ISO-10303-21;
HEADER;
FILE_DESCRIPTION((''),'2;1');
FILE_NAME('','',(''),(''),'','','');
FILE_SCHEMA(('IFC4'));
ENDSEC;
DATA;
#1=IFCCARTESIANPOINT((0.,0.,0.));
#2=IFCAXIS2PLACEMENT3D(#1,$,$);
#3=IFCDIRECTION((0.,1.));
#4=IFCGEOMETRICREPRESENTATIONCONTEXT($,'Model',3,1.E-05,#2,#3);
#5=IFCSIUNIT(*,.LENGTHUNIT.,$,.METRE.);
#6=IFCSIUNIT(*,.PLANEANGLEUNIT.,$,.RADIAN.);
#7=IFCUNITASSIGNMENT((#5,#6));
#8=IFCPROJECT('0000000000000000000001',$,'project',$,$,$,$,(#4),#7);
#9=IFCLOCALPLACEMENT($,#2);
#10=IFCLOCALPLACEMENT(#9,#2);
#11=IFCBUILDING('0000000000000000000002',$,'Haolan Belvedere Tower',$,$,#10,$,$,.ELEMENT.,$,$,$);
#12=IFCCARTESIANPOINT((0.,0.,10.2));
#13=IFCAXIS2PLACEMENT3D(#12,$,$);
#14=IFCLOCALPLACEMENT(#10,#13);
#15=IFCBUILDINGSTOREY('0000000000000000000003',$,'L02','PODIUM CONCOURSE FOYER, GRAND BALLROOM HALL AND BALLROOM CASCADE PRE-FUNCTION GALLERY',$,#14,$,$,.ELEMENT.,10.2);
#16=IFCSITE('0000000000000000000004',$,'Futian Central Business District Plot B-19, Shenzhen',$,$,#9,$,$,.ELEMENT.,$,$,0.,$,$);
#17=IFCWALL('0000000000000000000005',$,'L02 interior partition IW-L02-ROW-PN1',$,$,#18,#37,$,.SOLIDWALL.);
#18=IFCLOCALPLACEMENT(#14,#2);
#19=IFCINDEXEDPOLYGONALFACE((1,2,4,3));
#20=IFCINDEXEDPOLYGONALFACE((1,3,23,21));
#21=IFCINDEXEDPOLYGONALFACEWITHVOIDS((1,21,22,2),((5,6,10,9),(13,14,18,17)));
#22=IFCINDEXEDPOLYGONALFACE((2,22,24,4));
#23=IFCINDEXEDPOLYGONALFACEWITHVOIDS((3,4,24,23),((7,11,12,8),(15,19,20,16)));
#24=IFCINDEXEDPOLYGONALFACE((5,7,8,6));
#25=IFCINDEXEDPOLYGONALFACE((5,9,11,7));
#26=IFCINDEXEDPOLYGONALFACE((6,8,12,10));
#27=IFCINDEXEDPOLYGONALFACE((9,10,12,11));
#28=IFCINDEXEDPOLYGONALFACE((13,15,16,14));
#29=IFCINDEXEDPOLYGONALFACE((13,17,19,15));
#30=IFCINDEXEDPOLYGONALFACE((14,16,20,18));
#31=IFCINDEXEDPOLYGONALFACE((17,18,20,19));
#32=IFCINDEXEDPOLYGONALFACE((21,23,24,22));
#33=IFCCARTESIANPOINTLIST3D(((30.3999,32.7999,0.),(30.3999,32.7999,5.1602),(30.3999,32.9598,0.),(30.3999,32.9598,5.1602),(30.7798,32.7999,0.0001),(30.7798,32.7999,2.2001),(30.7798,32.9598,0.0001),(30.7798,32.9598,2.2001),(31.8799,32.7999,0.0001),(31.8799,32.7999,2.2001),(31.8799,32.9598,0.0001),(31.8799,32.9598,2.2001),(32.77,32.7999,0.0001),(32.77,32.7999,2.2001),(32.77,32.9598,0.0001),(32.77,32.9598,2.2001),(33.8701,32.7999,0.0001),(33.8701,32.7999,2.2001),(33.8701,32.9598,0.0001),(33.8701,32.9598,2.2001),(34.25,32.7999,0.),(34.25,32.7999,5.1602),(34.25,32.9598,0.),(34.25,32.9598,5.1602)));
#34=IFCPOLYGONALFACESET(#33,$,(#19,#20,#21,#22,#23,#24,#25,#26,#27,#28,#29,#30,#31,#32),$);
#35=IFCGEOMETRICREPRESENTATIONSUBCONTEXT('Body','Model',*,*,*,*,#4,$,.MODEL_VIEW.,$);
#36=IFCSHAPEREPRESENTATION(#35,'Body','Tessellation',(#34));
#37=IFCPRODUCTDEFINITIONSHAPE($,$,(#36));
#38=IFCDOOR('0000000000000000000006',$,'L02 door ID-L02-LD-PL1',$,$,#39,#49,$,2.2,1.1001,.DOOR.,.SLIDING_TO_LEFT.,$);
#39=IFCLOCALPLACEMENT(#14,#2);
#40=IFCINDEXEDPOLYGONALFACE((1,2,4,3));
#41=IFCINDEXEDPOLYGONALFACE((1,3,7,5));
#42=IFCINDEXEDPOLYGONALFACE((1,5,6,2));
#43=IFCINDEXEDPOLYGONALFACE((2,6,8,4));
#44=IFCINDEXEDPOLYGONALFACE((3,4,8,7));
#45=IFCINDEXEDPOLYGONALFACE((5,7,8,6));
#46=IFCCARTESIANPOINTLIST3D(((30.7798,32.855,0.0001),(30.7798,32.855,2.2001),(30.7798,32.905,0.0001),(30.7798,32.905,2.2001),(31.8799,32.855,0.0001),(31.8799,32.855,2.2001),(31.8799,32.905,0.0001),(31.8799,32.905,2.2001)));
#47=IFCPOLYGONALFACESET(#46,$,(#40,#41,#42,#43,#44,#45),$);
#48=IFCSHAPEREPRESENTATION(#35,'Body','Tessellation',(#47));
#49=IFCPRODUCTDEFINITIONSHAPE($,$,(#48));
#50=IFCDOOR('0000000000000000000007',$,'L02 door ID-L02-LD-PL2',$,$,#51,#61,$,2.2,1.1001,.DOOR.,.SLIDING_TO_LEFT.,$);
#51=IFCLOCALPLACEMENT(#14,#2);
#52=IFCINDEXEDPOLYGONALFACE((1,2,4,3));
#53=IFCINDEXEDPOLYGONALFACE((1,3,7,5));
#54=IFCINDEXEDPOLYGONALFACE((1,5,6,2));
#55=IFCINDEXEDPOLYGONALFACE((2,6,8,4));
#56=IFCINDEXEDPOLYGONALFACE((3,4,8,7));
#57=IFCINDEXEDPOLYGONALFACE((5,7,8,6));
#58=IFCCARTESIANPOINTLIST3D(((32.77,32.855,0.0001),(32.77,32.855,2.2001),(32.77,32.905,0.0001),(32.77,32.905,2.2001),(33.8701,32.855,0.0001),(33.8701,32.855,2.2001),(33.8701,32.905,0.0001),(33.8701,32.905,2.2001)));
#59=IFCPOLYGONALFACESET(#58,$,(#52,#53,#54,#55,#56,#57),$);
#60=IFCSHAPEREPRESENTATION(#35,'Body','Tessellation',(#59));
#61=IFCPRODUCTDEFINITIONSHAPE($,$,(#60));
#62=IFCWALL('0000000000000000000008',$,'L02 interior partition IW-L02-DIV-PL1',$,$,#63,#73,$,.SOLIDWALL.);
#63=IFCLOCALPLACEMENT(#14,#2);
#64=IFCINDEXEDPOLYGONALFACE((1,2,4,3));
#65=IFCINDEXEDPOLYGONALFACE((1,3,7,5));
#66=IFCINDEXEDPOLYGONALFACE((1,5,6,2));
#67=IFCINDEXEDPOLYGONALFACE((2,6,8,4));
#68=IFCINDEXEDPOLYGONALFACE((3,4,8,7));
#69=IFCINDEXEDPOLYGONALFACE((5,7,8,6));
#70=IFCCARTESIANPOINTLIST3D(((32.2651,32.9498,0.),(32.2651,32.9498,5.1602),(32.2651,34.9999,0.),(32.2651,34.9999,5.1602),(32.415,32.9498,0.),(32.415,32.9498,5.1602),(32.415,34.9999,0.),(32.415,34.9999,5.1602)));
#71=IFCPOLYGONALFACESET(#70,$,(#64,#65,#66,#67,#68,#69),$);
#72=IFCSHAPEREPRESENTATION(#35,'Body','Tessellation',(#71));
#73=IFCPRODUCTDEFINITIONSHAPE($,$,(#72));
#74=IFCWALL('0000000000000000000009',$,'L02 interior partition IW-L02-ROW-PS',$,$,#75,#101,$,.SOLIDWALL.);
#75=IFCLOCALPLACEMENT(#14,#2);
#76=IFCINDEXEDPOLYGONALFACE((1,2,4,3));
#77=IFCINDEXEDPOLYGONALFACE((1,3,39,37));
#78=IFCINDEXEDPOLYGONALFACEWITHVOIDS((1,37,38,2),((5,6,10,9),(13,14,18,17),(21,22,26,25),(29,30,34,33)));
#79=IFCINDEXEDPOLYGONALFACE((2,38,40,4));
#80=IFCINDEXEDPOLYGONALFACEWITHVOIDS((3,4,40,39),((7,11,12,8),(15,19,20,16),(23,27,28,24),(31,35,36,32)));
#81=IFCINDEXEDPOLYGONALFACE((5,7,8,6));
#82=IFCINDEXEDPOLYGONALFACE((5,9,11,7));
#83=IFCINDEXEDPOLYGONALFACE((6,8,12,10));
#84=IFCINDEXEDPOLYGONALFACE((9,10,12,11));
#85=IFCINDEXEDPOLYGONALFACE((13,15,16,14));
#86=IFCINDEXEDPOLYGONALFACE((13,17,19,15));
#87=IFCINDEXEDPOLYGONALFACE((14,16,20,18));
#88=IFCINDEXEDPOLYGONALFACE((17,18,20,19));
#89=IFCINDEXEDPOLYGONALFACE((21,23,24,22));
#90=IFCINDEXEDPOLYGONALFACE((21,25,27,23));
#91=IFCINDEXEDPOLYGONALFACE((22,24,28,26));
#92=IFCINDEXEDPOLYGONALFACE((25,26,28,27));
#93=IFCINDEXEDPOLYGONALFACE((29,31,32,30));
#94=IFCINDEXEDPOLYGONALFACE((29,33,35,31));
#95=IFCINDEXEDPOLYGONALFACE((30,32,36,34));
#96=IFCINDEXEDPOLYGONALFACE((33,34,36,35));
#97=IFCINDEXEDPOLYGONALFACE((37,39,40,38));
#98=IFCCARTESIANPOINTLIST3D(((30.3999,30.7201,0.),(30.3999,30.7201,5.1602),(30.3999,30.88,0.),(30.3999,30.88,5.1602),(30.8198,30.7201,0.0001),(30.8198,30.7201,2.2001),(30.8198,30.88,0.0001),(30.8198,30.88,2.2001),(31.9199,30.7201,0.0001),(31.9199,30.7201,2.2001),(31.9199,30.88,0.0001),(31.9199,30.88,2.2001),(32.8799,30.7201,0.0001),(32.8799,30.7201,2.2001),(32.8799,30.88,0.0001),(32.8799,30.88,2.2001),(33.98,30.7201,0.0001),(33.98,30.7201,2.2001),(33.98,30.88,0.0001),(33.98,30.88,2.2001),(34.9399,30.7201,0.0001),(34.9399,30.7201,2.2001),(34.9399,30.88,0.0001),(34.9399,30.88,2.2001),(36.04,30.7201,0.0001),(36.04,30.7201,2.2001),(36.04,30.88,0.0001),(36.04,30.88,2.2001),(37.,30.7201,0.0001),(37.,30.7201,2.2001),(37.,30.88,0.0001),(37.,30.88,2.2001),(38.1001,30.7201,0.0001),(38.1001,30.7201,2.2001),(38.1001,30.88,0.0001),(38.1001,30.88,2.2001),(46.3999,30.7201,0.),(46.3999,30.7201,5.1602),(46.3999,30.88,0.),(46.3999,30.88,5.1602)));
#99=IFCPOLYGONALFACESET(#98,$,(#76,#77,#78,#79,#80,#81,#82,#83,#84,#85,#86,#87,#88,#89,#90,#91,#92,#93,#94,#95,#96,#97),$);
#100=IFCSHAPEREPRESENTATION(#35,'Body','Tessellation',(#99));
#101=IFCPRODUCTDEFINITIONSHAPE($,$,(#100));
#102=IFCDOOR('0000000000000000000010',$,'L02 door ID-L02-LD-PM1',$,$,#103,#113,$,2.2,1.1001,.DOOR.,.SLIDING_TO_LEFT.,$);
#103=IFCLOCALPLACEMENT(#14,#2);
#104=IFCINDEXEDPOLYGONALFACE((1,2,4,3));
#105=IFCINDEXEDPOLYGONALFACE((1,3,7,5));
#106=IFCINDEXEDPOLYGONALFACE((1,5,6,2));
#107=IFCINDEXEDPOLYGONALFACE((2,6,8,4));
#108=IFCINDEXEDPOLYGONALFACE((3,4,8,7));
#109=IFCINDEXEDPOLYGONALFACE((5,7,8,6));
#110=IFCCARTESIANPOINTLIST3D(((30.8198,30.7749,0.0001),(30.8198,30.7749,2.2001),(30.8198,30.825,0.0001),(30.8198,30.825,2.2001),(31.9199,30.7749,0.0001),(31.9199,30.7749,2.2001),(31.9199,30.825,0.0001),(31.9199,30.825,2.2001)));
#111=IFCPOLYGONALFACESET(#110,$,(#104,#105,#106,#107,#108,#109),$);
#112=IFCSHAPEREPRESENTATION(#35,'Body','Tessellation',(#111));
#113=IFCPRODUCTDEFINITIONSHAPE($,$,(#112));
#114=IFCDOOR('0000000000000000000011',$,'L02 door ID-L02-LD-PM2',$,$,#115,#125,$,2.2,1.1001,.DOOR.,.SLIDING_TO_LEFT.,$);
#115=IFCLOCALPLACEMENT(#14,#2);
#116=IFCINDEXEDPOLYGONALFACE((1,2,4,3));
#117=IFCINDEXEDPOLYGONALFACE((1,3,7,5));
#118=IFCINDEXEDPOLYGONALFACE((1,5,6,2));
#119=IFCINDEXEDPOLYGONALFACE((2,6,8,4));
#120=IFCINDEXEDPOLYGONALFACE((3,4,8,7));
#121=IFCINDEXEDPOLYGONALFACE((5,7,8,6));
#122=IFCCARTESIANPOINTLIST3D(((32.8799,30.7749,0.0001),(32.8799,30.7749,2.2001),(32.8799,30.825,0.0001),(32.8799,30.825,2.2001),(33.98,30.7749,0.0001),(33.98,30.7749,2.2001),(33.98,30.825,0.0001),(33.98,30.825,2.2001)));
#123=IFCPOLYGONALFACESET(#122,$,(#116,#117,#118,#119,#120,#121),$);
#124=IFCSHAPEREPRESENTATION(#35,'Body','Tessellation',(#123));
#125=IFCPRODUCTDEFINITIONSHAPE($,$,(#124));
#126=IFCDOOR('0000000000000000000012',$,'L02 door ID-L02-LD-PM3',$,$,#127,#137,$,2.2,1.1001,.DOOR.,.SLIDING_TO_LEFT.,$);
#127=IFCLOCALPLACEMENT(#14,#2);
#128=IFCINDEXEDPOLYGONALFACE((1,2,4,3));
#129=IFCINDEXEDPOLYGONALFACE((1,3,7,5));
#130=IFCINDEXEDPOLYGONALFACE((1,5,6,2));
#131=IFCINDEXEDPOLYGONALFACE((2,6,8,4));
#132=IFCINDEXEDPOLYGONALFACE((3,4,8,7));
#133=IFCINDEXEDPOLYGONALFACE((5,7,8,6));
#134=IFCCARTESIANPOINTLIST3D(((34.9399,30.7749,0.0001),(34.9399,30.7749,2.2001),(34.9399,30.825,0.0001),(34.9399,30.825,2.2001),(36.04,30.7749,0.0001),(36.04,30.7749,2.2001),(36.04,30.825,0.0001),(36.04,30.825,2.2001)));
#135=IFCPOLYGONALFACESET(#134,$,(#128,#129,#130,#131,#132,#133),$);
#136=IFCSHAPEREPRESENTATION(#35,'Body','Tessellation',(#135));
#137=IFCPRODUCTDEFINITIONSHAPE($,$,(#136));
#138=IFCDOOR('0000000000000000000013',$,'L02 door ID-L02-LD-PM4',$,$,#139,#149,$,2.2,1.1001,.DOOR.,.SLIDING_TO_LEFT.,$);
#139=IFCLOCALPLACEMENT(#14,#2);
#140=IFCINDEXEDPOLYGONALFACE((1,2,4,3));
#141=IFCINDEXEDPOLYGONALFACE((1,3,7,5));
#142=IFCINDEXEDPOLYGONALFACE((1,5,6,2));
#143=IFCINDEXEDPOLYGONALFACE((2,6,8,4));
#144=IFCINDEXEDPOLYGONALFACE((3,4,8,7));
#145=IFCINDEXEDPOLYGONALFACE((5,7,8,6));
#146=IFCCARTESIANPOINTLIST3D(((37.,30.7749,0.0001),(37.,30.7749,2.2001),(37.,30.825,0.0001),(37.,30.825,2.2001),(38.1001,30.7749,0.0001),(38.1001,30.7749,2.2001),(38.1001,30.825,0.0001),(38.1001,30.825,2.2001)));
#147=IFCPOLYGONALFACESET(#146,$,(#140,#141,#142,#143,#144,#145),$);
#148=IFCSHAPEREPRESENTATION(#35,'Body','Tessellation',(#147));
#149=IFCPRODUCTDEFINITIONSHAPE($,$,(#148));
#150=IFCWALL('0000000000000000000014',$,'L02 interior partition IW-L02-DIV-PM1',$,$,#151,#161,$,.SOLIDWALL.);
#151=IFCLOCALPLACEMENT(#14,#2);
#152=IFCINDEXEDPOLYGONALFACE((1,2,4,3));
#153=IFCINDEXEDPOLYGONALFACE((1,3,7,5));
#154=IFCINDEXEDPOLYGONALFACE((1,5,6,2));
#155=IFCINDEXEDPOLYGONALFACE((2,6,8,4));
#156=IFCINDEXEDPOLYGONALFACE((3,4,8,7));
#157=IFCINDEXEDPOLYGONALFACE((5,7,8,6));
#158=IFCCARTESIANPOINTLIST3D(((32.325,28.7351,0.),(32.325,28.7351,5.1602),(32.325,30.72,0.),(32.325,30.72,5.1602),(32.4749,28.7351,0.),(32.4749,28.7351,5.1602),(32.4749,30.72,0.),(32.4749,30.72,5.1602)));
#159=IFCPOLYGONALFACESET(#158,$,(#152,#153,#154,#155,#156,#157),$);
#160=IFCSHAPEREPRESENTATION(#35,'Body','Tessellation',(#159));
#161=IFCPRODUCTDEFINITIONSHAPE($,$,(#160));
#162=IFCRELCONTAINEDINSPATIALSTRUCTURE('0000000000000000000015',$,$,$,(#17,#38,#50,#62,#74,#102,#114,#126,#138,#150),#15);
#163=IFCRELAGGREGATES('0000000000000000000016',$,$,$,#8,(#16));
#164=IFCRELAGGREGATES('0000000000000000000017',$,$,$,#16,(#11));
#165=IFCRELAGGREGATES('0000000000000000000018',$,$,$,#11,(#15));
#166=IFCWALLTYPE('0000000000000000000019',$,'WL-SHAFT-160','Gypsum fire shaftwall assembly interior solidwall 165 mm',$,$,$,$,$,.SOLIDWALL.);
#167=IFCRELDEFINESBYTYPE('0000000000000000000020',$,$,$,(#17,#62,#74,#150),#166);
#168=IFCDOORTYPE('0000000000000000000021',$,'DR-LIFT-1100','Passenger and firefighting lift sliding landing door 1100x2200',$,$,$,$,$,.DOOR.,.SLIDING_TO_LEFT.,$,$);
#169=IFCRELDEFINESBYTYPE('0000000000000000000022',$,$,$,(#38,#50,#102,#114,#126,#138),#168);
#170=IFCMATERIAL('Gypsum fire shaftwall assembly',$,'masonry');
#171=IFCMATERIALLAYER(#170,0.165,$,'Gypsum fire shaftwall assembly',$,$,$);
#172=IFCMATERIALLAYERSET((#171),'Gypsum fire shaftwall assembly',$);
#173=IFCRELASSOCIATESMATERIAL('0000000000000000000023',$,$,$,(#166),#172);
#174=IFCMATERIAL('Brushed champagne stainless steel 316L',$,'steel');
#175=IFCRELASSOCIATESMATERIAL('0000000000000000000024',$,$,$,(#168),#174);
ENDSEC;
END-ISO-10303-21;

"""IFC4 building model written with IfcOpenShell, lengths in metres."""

from ifc_helpers import new_model, si_unit, direction, frame, frame_2d, origin, place, context, subcontext, project, spatial, rectangle, extrude, material, layer, layer_set, type_object, element, fill, save


model = new_model("IFC4")

# Units and contexts
model_context = context("Model", 3, precision=1e-05, world=origin(), true_north=direction((0.0, 1.0)))
body_context = subcontext(model_context, "Body", "Model", "MODEL_VIEW")
ifc_project = project(units=[si_unit("LENGTHUNIT", "METRE"), si_unit("PLANEANGLEUNIT", "RADIAN")], contexts=[model_context])

# Site, building, storey
site_placement = place(None, origin())
site = spatial("IfcSite", under=ifc_project, at=site_placement, Name="Futian Central Business District Plot B-19, Shenzhen", CompositionType="ELEMENT", RefElevation=0.0)
building_placement = place(site_placement, origin())
building = spatial("IfcBuilding", under=site, at=building_placement, Name="Haolan Belvedere Tower", CompositionType="ELEMENT")
storey_placement = place(building_placement, frame((0.0, 0.0, 10.2)))
storey = spatial("IfcBuildingStorey", under=building, at=storey_placement, Name="L02", Description="PODIUM CONCOURSE FOYER, GRAND BALLROOM HALL AND BALLROOM CASCADE PRE-FUNCTION GALLERY", CompositionType="ELEMENT", Elevation=10.2)

# Shared definitions
ifc_material_1 = material(Name="Gypsum fire shaftwall assembly", Category="masonry")
ifc_layer_1 = layer(ifc_material_1, 0.165, Name="Gypsum fire shaftwall assembly")
ifc_layer_set_1 = layer_set([ifc_layer_1], Name="Gypsum fire shaftwall assembly")
wall_type_1 = type_object("IfcWallType", Name="WL-SHAFT-160", Description="Gypsum fire shaftwall assembly interior solidwall 165 mm", PredefinedType="SOLIDWALL", material=ifc_layer_set_1)

# Wall, openings, doors
wall_1_placement = place(storey_placement, frame((30.3999, 32.8799, 0.0), z_axis=(0.0, 0.0, 1.0), x_axis=(1.0, 0.0, 0.0)))
wall_1 = element("IfcWall", 1, at=wall_1_placement, inside=storey, type_object=wall_type_1, Name="L02 interior partition IW-L02-ROW-PN1", PredefinedType="SOLIDWALL", context=body_context, shape_type="SweptSolid", body=[
    extrude(rectangle(XDim=3.8501, YDim=0.1599, at=frame_2d((1.925, 0.0))), origin(), (0.0, 0.0, 1.0), 5.1602),
])
opening_1_placement = place(wall_1_placement, frame((1.48, 0.0, 0.0), z_axis=(0.0, 0.0, 1.0), x_axis=(-1.0, 0.0, 0.0)))
opening_1 = element("IfcOpeningElement", 2, at=opening_1_placement, cuts=wall_1, PredefinedType="OPENING", context=body_context, shape_type="SweptSolid", body=[
    extrude(rectangle(XDim=1.1001, YDim=2.2, at=frame_2d((0.55, 1.1001))), frame((0.0, 0.0898, 0.0), z_axis=(0.0, -1.0, 0.0), x_axis=(1.0, 0.0, 0.0)), (0.0, 0.0, 1.0), 0.1799),
])
opening_2_placement = place(wall_1_placement, frame((3.4702, 0.0, 0.0), z_axis=(0.0, 0.0, 1.0), x_axis=(-1.0, 0.0, 0.0)))
opening_2 = element("IfcOpeningElement", 3, at=opening_2_placement, cuts=wall_1, PredefinedType="OPENING", context=body_context, shape_type="SweptSolid", body=[
    extrude(rectangle(XDim=1.1001, YDim=2.2, at=frame_2d((0.55, 1.1001))), frame((0.0, 0.0898, 0.0), z_axis=(0.0, -1.0, 0.0), x_axis=(1.0, 0.0, 0.0)), (0.0, 0.0, 1.0), 0.1799),
])
ifc_material_2 = material(Name="Brushed champagne stainless steel 316L", Category="steel")
door_type_1 = type_object("IfcDoorType", Name="DR-LIFT-1100", Description="Passenger and firefighting lift sliding landing door 1100x2200", OperationType="SLIDING_TO_LEFT", PredefinedType="DOOR", material=ifc_material_2)
door_1_placement = place(opening_1_placement, origin())
door_1 = element("IfcDoor", 4, at=door_1_placement, inside=storey, type_object=door_type_1, Name="L02 door ID-L02-LD-PL1", OperationType="SLIDING_TO_LEFT", OverallHeight=2.2, OverallWidth=1.1001, PredefinedType="DOOR", context=body_context, shape_type="SweptSolid", body=[
    extrude(rectangle(XDim=1.1001, YDim=2.2, at=frame_2d((0.55, 1.1001))), frame((0.0, 0.0249, 0.0), z_axis=(0.0, -1.0, 0.0), x_axis=(1.0, 0.0, 0.0)), (0.0, 0.0, 1.0), 0.05),
])
fill(opening_1, door_1)
door_2_placement = place(opening_2_placement, origin())
door_2 = element("IfcDoor", 5, at=door_2_placement, inside=storey, type_object=door_type_1, Name="L02 door ID-L02-LD-PL2", OperationType="SLIDING_TO_LEFT", OverallHeight=2.2, OverallWidth=1.1001, PredefinedType="DOOR", context=body_context, shape_type="SweptSolid", body=[
    extrude(rectangle(XDim=1.1001, YDim=2.2, at=frame_2d((0.55, 1.1001))), frame((0.0, 0.0249, 0.0), z_axis=(0.0, -1.0, 0.0), x_axis=(1.0, 0.0, 0.0)), (0.0, 0.0, 1.0), 0.05),
])
fill(opening_2, door_2)

# Wall
wall_2_placement = place(storey_placement, frame((32.3401, 32.95, 0.0), z_axis=(0.0, 0.0, 1.0), x_axis=(0.0, 1.0, 0.0)))
element("IfcWall", 6, at=wall_2_placement, inside=storey, type_object=wall_type_1, Name="L02 interior partition IW-L02-DIV-PL1", PredefinedType="SOLIDWALL", context=body_context, shape_type="SweptSolid", body=[
    extrude(rectangle(XDim=2.05, YDim=0.1499, at=frame_2d((1.0249, 0.0))), origin(), (0.0, 0.0, 1.0), 5.1602),
])

# Wall, openings, doors
wall_3_placement = place(storey_placement, frame((30.3999, 30.8, 0.0), z_axis=(0.0, 0.0, 1.0), x_axis=(1.0, 0.0, 0.0)))
wall_3 = element("IfcWall", 7, at=wall_3_placement, inside=storey, type_object=wall_type_1, Name="L02 interior partition IW-L02-ROW-PS", PredefinedType="SOLIDWALL", context=body_context, shape_type="SweptSolid", body=[
    extrude(rectangle(XDim=16.0, YDim=0.1599, at=frame_2d((8.0, 0.0))), origin(), (0.0, 0.0, 1.0), 5.1602),
])
opening_3_placement = place(wall_3_placement, frame((0.4199, 0.0, 0.0)))
opening_3 = element("IfcOpeningElement", 8, at=opening_3_placement, cuts=wall_3, PredefinedType="OPENING", context=body_context, shape_type="SweptSolid", body=[
    extrude(rectangle(XDim=1.1001, YDim=2.2, at=frame_2d((0.55, 1.1001))), frame((0.0, 0.0898, 0.0), z_axis=(0.0, -1.0, 0.0), x_axis=(1.0, 0.0, 0.0)), (0.0, 0.0, 1.0), 0.1799),
])
opening_4_placement = place(wall_3_placement, frame((2.48, 0.0, 0.0)))
opening_4 = element("IfcOpeningElement", 9, at=opening_4_placement, cuts=wall_3, PredefinedType="OPENING", context=body_context, shape_type="SweptSolid", body=[
    extrude(rectangle(XDim=1.1001, YDim=2.2, at=frame_2d((0.55, 1.1001))), frame((0.0, 0.0898, 0.0), z_axis=(0.0, -1.0, 0.0), x_axis=(1.0, 0.0, 0.0)), (0.0, 0.0, 1.0), 0.1799),
])
opening_5_placement = place(wall_3_placement, frame((4.54, 0.0, 0.0)))
opening_5 = element("IfcOpeningElement", 10, at=opening_5_placement, cuts=wall_3, PredefinedType="OPENING", context=body_context, shape_type="SweptSolid", body=[
    extrude(rectangle(XDim=1.1001, YDim=2.2, at=frame_2d((0.55, 1.1001))), frame((0.0, 0.0898, 0.0), z_axis=(0.0, -1.0, 0.0), x_axis=(1.0, 0.0, 0.0)), (0.0, 0.0, 1.0), 0.1799),
])
opening_6_placement = place(wall_3_placement, frame((6.6001, 0.0, 0.0)))
opening_6 = element("IfcOpeningElement", 11, at=opening_6_placement, cuts=wall_3, PredefinedType="OPENING", context=body_context, shape_type="SweptSolid", body=[
    extrude(rectangle(XDim=1.1001, YDim=2.2, at=frame_2d((0.55, 1.1001))), frame((0.0, 0.0898, 0.0), z_axis=(0.0, -1.0, 0.0), x_axis=(1.0, 0.0, 0.0)), (0.0, 0.0, 1.0), 0.1799),
])
door_3_placement = place(opening_3_placement, origin())
door_3 = element("IfcDoor", 12, at=door_3_placement, inside=storey, type_object=door_type_1, Name="L02 door ID-L02-LD-PM1", OperationType="SLIDING_TO_LEFT", OverallHeight=2.2, OverallWidth=1.1001, PredefinedType="DOOR", context=body_context, shape_type="SweptSolid", body=[
    extrude(rectangle(XDim=1.1001, YDim=2.2, at=frame_2d((0.55, 1.1001))), frame((0.0, 0.0249, 0.0), z_axis=(0.0, -1.0, 0.0), x_axis=(1.0, 0.0, 0.0)), (0.0, 0.0, 1.0), 0.05),
])
fill(opening_3, door_3)
door_4_placement = place(opening_4_placement, origin())
door_4 = element("IfcDoor", 13, at=door_4_placement, inside=storey, type_object=door_type_1, Name="L02 door ID-L02-LD-PM2", OperationType="SLIDING_TO_LEFT", OverallHeight=2.2, OverallWidth=1.1001, PredefinedType="DOOR", context=body_context, shape_type="SweptSolid", body=[
    extrude(rectangle(XDim=1.1001, YDim=2.2, at=frame_2d((0.55, 1.1001))), frame((0.0, 0.0249, 0.0), z_axis=(0.0, -1.0, 0.0), x_axis=(1.0, 0.0, 0.0)), (0.0, 0.0, 1.0), 0.05),
])
fill(opening_4, door_4)
door_5_placement = place(opening_5_placement, origin())
door_5 = element("IfcDoor", 14, at=door_5_placement, inside=storey, type_object=door_type_1, Name="L02 door ID-L02-LD-PM3", OperationType="SLIDING_TO_LEFT", OverallHeight=2.2, OverallWidth=1.1001, PredefinedType="DOOR", context=body_context, shape_type="SweptSolid", body=[
    extrude(rectangle(XDim=1.1001, YDim=2.2, at=frame_2d((0.55, 1.1001))), frame((0.0, 0.0249, 0.0), z_axis=(0.0, -1.0, 0.0), x_axis=(1.0, 0.0, 0.0)), (0.0, 0.0, 1.0), 0.05),
])
fill(opening_5, door_5)
door_6_placement = place(opening_6_placement, origin())
door_6 = element("IfcDoor", 15, at=door_6_placement, inside=storey, type_object=door_type_1, Name="L02 door ID-L02-LD-PM4", OperationType="SLIDING_TO_LEFT", OverallHeight=2.2, OverallWidth=1.1001, PredefinedType="DOOR", context=body_context, shape_type="SweptSolid", body=[
    extrude(rectangle(XDim=1.1001, YDim=2.2, at=frame_2d((0.55, 1.1001))), frame((0.0, 0.0249, 0.0), z_axis=(0.0, -1.0, 0.0), x_axis=(1.0, 0.0, 0.0)), (0.0, 0.0, 1.0), 0.05),
])
fill(opening_6, door_6)

# Wall
wall_4_placement = place(storey_placement, frame((32.3999, 28.7351, 0.0), z_axis=(0.0, 0.0, 1.0), x_axis=(0.0, 1.0, 0.0)))
element("IfcWall", 16, at=wall_4_placement, inside=storey, type_object=wall_type_1, Name="L02 interior partition IW-L02-DIV-PM1", PredefinedType="SOLIDWALL", context=body_context, shape_type="SweptSolid", body=[
    extrude(rectangle(XDim=1.9849, YDim=0.1499, at=frame_2d((0.9924, 0.0))), origin(), (0.0, 0.0, 1.0), 5.1602),
])

save(model, "model.ifc")
